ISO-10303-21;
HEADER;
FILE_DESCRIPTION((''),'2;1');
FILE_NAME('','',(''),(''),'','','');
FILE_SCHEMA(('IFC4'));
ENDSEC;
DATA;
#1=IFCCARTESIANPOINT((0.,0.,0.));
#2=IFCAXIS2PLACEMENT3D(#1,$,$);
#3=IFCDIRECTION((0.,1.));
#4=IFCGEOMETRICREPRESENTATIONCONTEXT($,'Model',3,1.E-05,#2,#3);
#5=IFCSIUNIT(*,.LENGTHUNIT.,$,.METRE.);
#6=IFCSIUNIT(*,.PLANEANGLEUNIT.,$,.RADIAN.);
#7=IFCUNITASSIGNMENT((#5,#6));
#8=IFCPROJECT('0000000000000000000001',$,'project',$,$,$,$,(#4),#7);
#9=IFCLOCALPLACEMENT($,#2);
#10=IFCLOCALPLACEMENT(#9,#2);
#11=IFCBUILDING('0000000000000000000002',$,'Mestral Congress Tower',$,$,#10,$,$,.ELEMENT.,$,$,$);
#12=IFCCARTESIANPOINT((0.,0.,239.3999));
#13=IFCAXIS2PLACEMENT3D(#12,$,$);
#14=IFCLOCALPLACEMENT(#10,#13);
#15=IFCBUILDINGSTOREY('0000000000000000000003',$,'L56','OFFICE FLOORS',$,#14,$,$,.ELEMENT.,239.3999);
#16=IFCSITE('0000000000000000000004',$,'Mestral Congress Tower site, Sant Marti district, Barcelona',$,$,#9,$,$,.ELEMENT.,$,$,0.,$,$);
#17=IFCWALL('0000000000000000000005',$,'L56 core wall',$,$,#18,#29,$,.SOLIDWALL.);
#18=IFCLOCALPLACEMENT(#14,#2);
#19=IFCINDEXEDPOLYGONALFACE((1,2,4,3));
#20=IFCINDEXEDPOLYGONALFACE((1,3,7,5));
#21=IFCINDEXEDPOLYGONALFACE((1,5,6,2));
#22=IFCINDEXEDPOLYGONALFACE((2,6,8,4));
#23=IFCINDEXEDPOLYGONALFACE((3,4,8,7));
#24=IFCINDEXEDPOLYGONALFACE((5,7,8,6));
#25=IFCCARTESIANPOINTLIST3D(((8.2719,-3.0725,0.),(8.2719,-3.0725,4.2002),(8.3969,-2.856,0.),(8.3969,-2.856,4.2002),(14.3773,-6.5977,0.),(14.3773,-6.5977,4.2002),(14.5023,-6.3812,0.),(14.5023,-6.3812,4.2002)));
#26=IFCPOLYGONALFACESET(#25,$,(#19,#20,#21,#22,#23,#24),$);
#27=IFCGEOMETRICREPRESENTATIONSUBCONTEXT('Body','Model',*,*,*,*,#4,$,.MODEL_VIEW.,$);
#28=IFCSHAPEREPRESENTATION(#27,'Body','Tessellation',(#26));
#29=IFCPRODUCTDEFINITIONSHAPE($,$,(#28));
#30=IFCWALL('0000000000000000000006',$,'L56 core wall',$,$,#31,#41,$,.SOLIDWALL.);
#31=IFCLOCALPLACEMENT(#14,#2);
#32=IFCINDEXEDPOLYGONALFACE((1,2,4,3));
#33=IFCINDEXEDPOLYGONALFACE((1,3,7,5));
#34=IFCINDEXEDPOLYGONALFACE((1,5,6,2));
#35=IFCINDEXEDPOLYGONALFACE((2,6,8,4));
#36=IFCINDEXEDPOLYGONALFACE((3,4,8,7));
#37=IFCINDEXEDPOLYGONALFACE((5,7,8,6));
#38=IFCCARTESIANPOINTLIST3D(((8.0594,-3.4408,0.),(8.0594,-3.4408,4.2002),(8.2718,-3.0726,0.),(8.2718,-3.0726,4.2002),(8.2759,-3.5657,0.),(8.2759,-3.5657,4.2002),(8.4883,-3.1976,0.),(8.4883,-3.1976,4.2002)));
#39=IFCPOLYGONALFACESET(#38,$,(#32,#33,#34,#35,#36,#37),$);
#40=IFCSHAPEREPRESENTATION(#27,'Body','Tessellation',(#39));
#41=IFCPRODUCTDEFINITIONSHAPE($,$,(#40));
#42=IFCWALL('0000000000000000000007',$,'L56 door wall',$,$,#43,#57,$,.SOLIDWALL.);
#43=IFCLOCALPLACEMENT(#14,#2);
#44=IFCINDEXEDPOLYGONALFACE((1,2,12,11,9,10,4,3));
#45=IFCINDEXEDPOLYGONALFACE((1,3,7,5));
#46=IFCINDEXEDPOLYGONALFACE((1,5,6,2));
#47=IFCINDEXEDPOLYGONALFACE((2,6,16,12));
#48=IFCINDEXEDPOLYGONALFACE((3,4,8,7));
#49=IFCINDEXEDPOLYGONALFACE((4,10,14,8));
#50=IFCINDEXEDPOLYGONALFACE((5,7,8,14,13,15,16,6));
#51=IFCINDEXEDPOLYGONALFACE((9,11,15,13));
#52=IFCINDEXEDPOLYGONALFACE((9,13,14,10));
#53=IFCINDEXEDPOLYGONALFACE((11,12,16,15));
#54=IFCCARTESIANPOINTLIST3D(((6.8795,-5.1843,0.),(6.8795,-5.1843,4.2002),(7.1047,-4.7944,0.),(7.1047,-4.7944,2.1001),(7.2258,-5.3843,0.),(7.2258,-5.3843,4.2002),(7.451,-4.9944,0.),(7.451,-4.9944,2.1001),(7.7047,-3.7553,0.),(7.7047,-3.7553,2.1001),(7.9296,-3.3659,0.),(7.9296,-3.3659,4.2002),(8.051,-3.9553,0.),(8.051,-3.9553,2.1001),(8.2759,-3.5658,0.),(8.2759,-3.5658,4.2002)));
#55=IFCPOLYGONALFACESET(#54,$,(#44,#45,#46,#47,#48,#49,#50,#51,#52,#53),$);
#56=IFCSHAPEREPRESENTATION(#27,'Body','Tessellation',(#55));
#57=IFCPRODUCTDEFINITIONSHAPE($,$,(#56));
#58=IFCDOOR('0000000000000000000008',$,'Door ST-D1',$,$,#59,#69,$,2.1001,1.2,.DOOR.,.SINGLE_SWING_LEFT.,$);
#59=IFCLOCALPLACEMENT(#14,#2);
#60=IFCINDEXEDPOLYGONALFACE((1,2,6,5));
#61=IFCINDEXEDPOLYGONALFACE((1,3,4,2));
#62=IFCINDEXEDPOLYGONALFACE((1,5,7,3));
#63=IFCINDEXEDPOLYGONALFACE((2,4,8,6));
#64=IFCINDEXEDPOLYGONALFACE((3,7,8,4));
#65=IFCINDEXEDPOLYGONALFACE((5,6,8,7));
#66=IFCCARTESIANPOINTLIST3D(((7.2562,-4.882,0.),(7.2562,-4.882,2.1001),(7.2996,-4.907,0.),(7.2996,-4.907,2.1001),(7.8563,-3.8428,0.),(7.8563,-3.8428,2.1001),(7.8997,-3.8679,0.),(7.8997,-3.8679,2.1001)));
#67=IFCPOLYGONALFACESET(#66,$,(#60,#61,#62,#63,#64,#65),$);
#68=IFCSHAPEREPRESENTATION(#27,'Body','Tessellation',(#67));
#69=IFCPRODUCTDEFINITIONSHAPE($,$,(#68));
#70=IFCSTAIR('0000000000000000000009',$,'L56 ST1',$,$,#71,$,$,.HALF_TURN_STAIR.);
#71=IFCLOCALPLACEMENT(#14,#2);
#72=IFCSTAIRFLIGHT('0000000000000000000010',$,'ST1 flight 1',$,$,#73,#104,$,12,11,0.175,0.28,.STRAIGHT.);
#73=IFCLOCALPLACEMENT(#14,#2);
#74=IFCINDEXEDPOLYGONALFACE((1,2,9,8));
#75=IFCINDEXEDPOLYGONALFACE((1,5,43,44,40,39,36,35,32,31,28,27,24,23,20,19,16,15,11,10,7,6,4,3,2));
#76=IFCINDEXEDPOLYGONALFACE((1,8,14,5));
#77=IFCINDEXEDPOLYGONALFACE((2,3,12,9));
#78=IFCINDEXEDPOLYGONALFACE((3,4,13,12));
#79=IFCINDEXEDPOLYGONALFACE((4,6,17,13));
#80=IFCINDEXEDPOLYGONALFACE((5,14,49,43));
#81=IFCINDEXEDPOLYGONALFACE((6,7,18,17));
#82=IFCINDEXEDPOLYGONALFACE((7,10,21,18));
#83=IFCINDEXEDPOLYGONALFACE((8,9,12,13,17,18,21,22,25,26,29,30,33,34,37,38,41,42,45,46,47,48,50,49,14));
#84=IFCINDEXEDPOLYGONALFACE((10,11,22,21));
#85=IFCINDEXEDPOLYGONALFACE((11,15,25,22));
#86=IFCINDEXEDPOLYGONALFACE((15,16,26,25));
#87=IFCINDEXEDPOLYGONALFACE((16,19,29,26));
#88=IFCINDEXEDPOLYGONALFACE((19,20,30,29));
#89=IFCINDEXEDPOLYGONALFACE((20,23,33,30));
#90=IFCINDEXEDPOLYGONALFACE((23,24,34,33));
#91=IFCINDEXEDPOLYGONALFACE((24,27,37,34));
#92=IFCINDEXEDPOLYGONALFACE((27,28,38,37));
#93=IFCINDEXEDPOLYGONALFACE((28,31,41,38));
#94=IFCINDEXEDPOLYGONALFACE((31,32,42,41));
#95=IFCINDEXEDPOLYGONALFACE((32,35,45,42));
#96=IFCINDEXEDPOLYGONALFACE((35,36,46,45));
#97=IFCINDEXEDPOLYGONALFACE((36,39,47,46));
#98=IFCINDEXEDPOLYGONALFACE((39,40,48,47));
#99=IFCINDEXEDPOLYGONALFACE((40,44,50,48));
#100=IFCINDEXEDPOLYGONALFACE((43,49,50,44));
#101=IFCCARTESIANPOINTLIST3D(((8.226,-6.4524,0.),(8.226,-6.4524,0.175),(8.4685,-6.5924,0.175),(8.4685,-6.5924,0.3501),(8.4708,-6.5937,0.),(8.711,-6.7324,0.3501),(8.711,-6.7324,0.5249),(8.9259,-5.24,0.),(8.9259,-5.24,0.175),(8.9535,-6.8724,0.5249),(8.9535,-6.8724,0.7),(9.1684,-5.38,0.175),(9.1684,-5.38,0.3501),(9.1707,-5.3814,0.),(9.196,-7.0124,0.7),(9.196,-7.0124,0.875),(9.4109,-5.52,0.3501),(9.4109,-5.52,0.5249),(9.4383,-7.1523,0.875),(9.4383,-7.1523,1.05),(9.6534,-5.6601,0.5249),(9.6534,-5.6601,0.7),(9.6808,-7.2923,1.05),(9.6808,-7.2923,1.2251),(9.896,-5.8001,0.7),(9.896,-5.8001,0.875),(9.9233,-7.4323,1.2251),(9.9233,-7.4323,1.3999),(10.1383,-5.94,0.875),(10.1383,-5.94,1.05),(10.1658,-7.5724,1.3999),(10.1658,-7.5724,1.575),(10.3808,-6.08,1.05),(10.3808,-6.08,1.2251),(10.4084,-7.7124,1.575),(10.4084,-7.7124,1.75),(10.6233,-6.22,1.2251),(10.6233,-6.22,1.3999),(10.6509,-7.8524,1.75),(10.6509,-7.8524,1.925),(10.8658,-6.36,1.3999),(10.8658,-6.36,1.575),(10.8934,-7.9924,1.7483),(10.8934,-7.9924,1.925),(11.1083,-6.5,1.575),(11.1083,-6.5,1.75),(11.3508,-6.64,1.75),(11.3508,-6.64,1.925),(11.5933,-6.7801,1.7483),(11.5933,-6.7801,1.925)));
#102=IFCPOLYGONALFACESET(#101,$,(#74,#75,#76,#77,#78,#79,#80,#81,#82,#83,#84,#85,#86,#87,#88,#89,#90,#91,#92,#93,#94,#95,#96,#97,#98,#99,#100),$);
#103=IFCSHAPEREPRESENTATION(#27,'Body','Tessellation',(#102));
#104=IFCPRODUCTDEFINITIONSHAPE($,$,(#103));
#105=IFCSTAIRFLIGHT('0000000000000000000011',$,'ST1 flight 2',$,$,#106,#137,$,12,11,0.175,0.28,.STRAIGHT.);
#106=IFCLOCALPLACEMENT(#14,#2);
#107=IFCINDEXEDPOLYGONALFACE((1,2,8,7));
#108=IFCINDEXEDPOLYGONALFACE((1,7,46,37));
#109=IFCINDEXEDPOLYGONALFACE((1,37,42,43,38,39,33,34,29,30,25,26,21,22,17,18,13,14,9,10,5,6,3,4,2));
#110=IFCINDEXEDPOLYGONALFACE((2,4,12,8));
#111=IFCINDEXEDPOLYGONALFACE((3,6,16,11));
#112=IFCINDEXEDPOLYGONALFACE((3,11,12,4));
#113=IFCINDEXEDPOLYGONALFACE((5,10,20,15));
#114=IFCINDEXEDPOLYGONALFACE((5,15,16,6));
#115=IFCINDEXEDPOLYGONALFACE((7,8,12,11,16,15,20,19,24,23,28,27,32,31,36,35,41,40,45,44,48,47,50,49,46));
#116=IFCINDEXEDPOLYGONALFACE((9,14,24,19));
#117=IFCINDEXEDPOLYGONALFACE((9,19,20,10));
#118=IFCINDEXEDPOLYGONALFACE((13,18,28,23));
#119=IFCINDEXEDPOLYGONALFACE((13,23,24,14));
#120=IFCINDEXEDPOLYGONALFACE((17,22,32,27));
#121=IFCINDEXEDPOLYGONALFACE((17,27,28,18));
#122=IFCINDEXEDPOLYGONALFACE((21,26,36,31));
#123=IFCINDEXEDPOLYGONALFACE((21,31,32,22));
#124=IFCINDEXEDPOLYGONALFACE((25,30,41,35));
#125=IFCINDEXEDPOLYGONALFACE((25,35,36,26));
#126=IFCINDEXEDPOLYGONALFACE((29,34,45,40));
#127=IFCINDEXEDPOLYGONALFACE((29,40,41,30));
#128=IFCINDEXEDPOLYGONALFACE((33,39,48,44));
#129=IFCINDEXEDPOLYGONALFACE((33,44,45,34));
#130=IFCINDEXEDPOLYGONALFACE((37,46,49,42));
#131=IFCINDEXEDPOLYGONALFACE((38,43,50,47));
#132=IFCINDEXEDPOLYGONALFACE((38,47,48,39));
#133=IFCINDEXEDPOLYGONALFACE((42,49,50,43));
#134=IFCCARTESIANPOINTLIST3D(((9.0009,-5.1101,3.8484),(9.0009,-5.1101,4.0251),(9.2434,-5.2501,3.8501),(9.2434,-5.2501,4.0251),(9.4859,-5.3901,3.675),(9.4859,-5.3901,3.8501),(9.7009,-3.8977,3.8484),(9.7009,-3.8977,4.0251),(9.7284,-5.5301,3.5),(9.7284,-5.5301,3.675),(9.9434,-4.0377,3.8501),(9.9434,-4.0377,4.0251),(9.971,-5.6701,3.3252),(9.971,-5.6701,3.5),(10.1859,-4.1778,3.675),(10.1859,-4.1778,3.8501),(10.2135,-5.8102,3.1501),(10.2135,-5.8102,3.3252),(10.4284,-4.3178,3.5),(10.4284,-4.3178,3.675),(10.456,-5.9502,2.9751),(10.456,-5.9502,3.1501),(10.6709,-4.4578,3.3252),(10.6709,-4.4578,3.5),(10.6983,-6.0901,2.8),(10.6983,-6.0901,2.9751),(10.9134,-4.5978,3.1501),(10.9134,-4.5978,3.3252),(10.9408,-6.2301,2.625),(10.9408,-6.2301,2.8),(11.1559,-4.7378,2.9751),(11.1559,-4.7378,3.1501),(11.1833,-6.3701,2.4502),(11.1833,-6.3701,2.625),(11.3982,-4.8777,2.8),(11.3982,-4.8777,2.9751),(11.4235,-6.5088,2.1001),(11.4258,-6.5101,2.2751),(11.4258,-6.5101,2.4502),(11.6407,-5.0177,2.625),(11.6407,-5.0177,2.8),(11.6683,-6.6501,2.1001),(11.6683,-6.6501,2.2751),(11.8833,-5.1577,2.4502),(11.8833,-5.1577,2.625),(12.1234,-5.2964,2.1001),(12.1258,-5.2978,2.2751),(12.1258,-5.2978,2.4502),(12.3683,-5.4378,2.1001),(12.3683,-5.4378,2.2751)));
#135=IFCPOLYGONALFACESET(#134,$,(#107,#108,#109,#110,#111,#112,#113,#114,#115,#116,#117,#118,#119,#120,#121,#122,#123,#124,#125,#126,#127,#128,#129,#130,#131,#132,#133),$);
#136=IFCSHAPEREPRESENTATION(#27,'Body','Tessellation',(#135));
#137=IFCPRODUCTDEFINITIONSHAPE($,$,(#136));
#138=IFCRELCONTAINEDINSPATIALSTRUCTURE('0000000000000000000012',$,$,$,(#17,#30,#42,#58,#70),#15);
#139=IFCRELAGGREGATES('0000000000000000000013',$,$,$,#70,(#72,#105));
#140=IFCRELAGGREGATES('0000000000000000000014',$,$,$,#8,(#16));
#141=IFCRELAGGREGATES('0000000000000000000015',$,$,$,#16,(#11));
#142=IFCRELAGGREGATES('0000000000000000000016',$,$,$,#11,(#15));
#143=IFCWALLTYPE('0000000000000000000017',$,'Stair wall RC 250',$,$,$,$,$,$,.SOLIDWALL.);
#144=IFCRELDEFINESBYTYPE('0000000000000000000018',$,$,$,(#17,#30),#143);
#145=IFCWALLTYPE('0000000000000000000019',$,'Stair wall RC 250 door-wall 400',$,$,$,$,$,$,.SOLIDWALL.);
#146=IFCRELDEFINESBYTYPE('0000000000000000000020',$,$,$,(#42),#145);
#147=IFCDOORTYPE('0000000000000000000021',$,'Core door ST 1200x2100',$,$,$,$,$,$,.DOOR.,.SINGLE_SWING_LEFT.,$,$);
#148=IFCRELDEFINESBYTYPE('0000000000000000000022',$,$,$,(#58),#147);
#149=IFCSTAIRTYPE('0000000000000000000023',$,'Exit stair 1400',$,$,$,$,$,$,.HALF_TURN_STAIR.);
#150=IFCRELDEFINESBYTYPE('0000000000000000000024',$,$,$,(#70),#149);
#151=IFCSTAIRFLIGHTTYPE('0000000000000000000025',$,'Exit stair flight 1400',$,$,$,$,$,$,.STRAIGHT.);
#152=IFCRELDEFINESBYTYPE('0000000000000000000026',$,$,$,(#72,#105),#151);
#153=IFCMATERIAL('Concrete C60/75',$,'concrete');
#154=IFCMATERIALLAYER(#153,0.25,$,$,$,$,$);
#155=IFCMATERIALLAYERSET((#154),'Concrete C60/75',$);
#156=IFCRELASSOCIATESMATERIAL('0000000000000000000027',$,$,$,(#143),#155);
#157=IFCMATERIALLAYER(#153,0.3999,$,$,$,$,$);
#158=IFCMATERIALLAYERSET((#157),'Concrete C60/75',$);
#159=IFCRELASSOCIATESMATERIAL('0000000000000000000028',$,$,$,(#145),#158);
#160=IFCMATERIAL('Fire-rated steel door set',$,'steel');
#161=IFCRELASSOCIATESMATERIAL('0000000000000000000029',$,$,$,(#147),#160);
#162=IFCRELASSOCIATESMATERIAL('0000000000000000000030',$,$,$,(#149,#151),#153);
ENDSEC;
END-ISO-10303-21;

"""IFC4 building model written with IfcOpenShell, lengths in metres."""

from ifc_helpers import new_model, si_unit, direction, frame, frame_2d, origin, place, context, subcontext, project, spatial, polyline, rectangle, outline, extrude, material, layer, layer_set, type_object, element, fill, aggregate, save


model = new_model("IFC4")

# Units and contexts
model_context = context("Model", 3, precision=1e-05, world=origin(), true_north=direction((0.0, 1.0)))
body_context = subcontext(model_context, "Body", "Model", "MODEL_VIEW")
ifc_project = project(units=[si_unit("LENGTHUNIT", "METRE"), si_unit("PLANEANGLEUNIT", "RADIAN")], contexts=[model_context])

# Site, building, storey
site_placement = place(None, origin())
site = spatial("IfcSite", under=ifc_project, at=site_placement, Name="Mestral Congress Tower site, Sant Marti district, Barcelona", CompositionType="ELEMENT", RefElevation=0.0)
building_placement = place(site_placement, origin())
building = spatial("IfcBuilding", under=site, at=building_placement, Name="Mestral Congress Tower", CompositionType="ELEMENT")
storey_placement = place(building_placement, frame((0.0, 0.0, 239.3999)))
storey = spatial("IfcBuildingStorey", under=building, at=storey_placement, Name="L56", Description="OFFICE FLOORS", CompositionType="ELEMENT", Elevation=239.3999)

# Shared definitions
ifc_material_1 = material(Name="Fire-rated steel door set", Category="steel")

# Shared definitions
ifc_material_2 = material(Name="Concrete C60/75", Category="concrete")

# Walls
ifc_layer_1 = layer(ifc_material_2, 0.25)
ifc_layer_set_1 = layer_set([ifc_layer_1], Name="Concrete C60/75")
wall_type_1 = type_object("IfcWallType", Name="Stair wall RC 250", PredefinedType="SOLIDWALL", material=ifc_layer_set_1)
wall_1_placement = place(storey_placement, frame((8.3345, -2.9644, 0.0), z_axis=(0.0, 0.0, 1.0), x_axis=(0.866016, -0.500016, 0.0)))
element("IfcWall", 1, at=wall_1_placement, inside=storey, type_object=wall_type_1, Name="L56 core wall", PredefinedType="SOLIDWALL", context=body_context, shape_type="SweptSolid", body=[
    extrude(rectangle(XDim=7.05, YDim=0.25, at=frame_2d((3.5249, 0.0))), origin(), (0.0, 0.0, 1.0), 4.2002),
])
wall_2_placement = place(storey_placement, frame((8.1677, -3.5032, 0.0), z_axis=(0.0, 0.0, 1.0), x_axis=(0.499722, 0.866186, 0.0)))
element("IfcWall", 2, at=wall_2_placement, inside=storey, type_object=wall_type_1, Name="L56 core wall", PredefinedType="SOLIDWALL", context=body_context, shape_type="SweptSolid", body=[
    extrude(rectangle(XDim=0.425, YDim=0.25, at=frame_2d((0.2124, 0.0))), origin(), (0.0, 0.0, 1.0), 4.2002),
])

# Wall, opening, door
ifc_layer_2 = layer(ifc_material_2, 0.3999)
ifc_layer_set_2 = layer_set([ifc_layer_2], Name="Concrete C60/75")
wall_type_2 = type_object("IfcWallType", Name="Stair wall RC 250 door-wall 400", PredefinedType="SOLIDWALL", material=ifc_layer_set_2)
wall_3_placement = place(storey_placement, frame((7.0527, -5.2842, 0.0), z_axis=(0.0, 0.0, 1.0), x_axis=(0.500078, 0.86598, 0.0)))
wall_3 = element("IfcWall", 3, at=wall_3_placement, inside=storey, type_object=wall_type_2, Name="L56 door wall", PredefinedType="SOLIDWALL", context=body_context, shape_type="SweptSolid", body=[
    extrude(rectangle(XDim=2.0999, YDim=0.3999, at=frame_2d((1.0498, 0.0))), origin(), (0.0, 0.0, 1.0), 4.2002),
])
opening_1_placement = place(wall_3_placement, frame((0.45, 0.0, 0.0)))
opening_1 = element("IfcOpeningElement", 4, at=opening_1_placement, cuts=wall_3, PredefinedType="OPENING", context=body_context, shape_type="SweptSolid", body=[
    extrude(rectangle(XDim=1.2, YDim=2.1001, at=frame_2d((0.6001, 1.05))), frame((0.0, 0.21, 0.0), z_axis=(0.0, -1.0, 0.0), x_axis=(1.0, 0.0, 0.0)), (0.0, 0.0, 1.0), 0.4199),
])
door_type_1 = type_object("IfcDoorType", Name="Core door ST 1200x2100", OperationType="SINGLE_SWING_LEFT", PredefinedType="DOOR", material=ifc_material_1)
door_1_placement = place(opening_1_placement, origin())
door_1 = element("IfcDoor", 5, at=door_1_placement, inside=storey, type_object=door_type_1, Name="Door ST-D1", OperationType="SINGLE_SWING_LEFT", OverallHeight=2.1001, OverallWidth=1.2, PredefinedType="DOOR", context=body_context, shape_type="SweptSolid", body=[
    extrude(rectangle(XDim=1.2, YDim=2.1001, at=frame_2d((0.6001, 1.05))), frame((0.0, 0.0249, 0.0), z_axis=(0.0, -1.0, 0.0), x_axis=(1.0, 0.0, 0.0)), (0.0, 0.0, 1.0), 0.05),
])
fill(opening_1, door_1)

# Stair, stair flights
stair_type = type_object("IfcStairType", Name="Exit stair 1400", PredefinedType="HALF_TURN_STAIR", material=ifc_material_2)
stair_placement = place(storey_placement, origin())
stair = element("IfcStair", 6, at=stair_placement, inside=storey, type_object=stair_type, Name="L56 ST1", PredefinedType="HALF_TURN_STAIR")
stair_flight_type = type_object("IfcStairFlightType", Name="Exit stair flight 1400", PredefinedType="STRAIGHT", material=ifc_material_2)
stair_flight_1_placement = place(storey_placement, frame((8.5759, -5.8462, 0.0), z_axis=(0.0, 0.0, 1.0), x_axis=(0.866025, -0.5, 0.0)))
stair_flight_1 = element("IfcStairFlight", 7, at=stair_flight_1_placement, type_object=stair_flight_type, Name="ST1 flight 1", NumberOfRisers=12, NumberOfTreads=11, PredefinedType="STRAIGHT", RiserHeight=0.175, TreadLength=0.28, context=body_context, shape_type="SweptSolid", body=[
    extrude(outline(polyline([(0.0, 0.0), (0.0, 0.175), (0.28, 0.175), (0.28, 0.3501), (0.5601, 0.3501), (0.5601, 0.5249), (0.8401, 0.5249), (0.8401, 0.7), (1.1201, 0.7), (1.1201, 0.875), (1.3999, 0.875), (1.3999, 1.05), (1.6799, 1.05), (1.6799, 1.2251), (1.96, 1.2251), (1.96, 1.3999), (2.24, 1.3999), (2.24, 1.575), (2.52, 1.575), (2.52, 1.75), (2.8, 1.75), (2.8, 1.925), (3.0801, 1.925), (3.0801, 2.1001), (3.0801, 1.7483), (0.2827, 0.0), (0.0, 0.0)])), frame((0.0, 0.7, 0.0), z_axis=(0.0, -1.0, 0.0), x_axis=(1.0, 0.0, 0.0)), (0.0, 0.0, 1.0), 1.3999),
])
stair_flight_2_placement = place(storey_placement, frame((12.0183, -6.0439, 2.1001), z_axis=(0.0, 0.0, 1.0), x_axis=(-0.866025, 0.5, 0.0)))
stair_flight_2 = element("IfcStairFlight", 8, at=stair_flight_2_placement, type_object=stair_flight_type, Name="ST1 flight 2", NumberOfRisers=12, NumberOfTreads=11, PredefinedType="STRAIGHT", RiserHeight=0.175, TreadLength=0.28, context=body_context, shape_type="SweptSolid", body=[
    extrude(outline(polyline([(0.0, 0.0), (0.0, 0.175), (0.28, 0.175), (0.28, 0.3501), (0.5601, 0.3501), (0.5601, 0.5249), (0.8401, 0.5249), (0.8401, 0.7), (1.1201, 0.7), (1.1201, 0.875), (1.3999, 0.875), (1.3999, 1.05), (1.6799, 1.05), (1.6799, 1.2251), (1.96, 1.2251), (1.96, 1.3999), (2.24, 1.3999), (2.24, 1.575), (2.52, 1.575), (2.52, 1.75), (2.8, 1.75), (2.8, 1.925), (3.0801, 1.925), (3.0801, 2.1001), (3.0801, 1.7483), (0.2827, 0.0), (0.0, 0.0)])), frame((0.0, 0.7, 0.0), z_axis=(0.0, -1.0, 0.0), x_axis=(1.0, 0.0, 0.0)), (0.0, 0.0, 1.0), 1.3999),
])
aggregate(stair, [stair_flight_1, stair_flight_2])

save(model, "model.ifc")
